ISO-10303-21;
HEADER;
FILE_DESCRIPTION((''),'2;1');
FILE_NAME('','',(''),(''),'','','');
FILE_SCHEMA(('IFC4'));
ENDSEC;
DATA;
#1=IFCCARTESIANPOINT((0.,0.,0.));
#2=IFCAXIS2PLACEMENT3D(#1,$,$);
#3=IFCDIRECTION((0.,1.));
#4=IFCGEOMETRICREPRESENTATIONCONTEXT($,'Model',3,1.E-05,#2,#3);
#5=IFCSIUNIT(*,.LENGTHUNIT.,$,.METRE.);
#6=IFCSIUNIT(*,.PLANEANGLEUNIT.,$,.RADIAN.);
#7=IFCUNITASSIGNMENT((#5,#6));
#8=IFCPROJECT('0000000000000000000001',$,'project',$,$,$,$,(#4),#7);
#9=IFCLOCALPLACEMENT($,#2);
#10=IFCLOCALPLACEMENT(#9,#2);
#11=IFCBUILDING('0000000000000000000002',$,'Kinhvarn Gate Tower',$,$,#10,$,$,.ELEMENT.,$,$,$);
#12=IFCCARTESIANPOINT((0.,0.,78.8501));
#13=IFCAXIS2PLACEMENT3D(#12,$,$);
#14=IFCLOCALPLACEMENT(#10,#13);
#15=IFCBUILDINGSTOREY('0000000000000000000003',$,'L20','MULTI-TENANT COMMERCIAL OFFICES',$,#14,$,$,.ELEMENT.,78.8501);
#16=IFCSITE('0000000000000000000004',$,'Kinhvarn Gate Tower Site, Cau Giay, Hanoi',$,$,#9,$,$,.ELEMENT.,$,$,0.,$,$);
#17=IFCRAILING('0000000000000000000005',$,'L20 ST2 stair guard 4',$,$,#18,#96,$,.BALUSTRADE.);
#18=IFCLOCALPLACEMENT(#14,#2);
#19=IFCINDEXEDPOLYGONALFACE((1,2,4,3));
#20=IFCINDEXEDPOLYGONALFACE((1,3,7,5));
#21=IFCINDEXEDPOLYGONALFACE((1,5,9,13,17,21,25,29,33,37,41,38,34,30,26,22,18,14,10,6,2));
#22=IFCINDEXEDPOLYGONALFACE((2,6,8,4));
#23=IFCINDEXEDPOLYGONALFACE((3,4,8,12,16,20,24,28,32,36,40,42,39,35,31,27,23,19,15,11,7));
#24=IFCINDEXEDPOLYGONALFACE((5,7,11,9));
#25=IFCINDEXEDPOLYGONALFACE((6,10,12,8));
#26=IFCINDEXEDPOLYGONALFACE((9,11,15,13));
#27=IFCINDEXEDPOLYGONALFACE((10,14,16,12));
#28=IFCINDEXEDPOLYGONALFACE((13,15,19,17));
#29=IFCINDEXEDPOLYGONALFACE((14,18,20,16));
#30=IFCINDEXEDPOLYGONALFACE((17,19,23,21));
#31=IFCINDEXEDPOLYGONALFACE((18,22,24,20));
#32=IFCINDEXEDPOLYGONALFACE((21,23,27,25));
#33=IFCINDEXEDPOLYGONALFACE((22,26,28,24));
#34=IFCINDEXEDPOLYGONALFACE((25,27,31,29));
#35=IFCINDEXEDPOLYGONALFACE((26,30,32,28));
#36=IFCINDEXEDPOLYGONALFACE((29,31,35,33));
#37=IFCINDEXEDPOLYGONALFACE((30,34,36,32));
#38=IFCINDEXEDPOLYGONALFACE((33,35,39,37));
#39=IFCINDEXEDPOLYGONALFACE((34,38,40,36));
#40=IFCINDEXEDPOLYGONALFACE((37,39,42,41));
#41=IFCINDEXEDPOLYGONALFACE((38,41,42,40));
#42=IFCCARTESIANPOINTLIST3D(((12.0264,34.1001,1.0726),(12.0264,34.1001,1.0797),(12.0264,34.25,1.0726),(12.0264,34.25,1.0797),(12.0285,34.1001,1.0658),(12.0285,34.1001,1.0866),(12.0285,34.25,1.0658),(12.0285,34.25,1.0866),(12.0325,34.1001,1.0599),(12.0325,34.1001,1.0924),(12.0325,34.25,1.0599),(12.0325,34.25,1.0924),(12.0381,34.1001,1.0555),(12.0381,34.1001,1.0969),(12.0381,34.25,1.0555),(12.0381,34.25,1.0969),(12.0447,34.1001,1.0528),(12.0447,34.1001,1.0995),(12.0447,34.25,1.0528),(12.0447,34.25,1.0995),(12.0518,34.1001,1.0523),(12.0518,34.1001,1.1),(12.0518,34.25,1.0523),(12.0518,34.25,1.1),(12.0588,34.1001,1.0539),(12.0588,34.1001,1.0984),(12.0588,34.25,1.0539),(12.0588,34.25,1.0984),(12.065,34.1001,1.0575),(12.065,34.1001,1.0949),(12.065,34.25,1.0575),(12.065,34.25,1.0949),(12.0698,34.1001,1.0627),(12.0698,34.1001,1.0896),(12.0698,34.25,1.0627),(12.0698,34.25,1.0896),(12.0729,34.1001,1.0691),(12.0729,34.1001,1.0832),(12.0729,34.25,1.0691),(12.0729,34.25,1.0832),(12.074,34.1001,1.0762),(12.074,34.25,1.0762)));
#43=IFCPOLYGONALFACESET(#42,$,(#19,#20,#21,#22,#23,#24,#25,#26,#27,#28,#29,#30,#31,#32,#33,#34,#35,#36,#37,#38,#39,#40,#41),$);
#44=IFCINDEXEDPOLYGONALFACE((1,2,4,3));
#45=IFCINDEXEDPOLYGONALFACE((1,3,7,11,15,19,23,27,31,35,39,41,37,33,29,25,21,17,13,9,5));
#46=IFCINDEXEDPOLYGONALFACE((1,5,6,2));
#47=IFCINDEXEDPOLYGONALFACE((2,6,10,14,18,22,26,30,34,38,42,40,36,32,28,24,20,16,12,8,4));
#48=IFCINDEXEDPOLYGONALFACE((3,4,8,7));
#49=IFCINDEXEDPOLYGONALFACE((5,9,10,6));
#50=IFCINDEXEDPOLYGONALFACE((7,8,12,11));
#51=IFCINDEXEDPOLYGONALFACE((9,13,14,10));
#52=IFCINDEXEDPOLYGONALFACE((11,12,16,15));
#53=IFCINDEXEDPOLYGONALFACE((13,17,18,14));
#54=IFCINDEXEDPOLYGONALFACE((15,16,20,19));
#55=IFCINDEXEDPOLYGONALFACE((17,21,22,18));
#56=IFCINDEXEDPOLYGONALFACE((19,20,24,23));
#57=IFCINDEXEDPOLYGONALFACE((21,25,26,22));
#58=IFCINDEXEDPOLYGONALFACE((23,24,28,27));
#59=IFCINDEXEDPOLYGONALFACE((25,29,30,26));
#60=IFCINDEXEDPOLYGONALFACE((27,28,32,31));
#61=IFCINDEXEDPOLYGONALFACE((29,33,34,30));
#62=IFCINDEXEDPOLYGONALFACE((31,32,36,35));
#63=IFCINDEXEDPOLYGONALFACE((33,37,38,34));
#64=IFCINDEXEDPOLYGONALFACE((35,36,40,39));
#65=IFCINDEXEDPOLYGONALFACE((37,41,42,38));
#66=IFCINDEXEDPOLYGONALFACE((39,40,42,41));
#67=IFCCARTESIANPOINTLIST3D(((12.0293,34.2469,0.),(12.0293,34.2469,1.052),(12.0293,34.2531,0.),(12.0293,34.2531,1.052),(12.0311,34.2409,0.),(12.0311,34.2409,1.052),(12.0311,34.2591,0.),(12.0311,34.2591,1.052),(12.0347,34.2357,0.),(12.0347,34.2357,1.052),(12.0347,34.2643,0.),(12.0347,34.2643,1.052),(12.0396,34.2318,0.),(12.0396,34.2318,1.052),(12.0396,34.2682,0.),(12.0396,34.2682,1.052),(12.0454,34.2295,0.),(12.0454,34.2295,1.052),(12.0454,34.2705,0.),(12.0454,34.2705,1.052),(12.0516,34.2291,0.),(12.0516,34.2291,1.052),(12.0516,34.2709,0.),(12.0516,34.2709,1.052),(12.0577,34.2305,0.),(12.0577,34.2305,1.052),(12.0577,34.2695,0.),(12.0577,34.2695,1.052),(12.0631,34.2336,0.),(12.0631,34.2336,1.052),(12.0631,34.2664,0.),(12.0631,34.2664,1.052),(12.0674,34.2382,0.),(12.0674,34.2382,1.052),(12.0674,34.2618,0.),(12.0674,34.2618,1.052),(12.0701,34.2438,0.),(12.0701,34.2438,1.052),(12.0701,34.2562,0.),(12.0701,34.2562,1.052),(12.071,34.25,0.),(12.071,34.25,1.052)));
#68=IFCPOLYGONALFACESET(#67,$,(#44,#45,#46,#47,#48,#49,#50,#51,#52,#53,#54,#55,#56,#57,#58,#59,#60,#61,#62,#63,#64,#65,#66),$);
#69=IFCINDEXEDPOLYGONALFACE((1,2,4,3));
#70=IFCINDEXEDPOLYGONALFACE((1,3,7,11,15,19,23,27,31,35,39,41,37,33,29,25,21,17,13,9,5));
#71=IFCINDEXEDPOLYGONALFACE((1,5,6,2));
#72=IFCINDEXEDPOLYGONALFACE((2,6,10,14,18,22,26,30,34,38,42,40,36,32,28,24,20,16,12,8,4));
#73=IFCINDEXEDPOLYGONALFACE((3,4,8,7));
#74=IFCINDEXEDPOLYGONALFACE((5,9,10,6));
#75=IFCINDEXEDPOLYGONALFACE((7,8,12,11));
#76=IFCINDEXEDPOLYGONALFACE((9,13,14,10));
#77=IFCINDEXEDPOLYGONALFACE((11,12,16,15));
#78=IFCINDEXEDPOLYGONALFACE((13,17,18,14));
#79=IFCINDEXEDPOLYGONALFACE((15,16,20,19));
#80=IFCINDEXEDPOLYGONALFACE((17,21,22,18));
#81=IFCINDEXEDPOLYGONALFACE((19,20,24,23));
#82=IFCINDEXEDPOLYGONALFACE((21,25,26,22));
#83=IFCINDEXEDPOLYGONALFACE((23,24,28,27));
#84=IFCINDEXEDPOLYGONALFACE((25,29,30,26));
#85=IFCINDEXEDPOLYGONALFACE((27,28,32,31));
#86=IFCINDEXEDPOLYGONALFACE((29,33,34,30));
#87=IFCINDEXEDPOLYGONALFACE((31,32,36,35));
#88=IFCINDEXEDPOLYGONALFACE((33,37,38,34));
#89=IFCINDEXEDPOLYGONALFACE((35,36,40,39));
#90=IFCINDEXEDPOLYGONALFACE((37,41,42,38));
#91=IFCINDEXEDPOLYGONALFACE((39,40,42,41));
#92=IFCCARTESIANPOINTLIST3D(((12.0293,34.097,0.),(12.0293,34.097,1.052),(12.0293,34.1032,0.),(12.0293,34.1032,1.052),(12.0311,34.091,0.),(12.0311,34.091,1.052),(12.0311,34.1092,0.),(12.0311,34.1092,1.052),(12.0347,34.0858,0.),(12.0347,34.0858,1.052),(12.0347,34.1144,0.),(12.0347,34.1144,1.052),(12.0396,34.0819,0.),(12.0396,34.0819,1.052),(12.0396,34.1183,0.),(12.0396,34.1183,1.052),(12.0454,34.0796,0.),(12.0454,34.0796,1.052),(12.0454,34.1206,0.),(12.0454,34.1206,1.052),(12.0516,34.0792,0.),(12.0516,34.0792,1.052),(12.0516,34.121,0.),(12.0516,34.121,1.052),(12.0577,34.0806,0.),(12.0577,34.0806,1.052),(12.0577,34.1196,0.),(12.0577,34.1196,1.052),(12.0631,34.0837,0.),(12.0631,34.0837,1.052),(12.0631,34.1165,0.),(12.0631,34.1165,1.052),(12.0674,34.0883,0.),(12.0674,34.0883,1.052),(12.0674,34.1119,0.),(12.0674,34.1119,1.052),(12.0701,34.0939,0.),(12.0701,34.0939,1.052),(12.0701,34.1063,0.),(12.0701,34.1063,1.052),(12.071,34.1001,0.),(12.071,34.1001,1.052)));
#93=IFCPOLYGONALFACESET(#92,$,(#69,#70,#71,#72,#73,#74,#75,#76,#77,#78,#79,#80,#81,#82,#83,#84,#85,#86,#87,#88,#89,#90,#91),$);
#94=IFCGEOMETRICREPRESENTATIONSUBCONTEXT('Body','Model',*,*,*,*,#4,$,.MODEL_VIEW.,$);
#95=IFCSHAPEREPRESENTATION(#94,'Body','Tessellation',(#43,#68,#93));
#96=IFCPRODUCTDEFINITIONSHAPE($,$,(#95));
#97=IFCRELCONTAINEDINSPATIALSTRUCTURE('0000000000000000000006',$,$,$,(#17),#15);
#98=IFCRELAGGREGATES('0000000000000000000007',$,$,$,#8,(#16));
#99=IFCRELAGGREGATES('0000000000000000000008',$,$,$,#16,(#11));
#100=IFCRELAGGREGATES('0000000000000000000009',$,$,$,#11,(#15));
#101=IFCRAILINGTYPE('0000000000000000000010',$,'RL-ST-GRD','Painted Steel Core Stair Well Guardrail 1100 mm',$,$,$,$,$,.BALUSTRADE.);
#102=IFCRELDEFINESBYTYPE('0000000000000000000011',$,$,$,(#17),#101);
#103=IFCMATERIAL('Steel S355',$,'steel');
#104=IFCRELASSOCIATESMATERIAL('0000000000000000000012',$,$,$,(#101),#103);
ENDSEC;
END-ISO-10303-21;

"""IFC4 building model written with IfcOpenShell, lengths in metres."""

from ifc_helpers import new_model, si_unit, direction, frame, origin, origin_2d, place, context, subcontext, project, spatial, circle, extrude, material, type_object, element, save


model = new_model("IFC4")

# Units and contexts
model_context = context("Model", 3, precision=1e-05, world=origin(), true_north=direction((0.0, 1.0)))
body_context = subcontext(model_context, "Body", "Model", "MODEL_VIEW")
ifc_project = project(units=[si_unit("LENGTHUNIT", "METRE"), si_unit("PLANEANGLEUNIT", "RADIAN")], contexts=[model_context])

# Site, building, storey
site_placement = place(None, origin())
site = spatial("IfcSite", under=ifc_project, at=site_placement, Name="Kinhvarn Gate Tower Site, Cau Giay, Hanoi", CompositionType="ELEMENT", RefElevation=0.0)
building_placement = place(site_placement, origin())
building = spatial("IfcBuilding", under=site, at=building_placement, Name="Kinhvarn Gate Tower", CompositionType="ELEMENT")
storey_placement = place(building_placement, frame((0.0, 0.0, 78.8501)))
storey = spatial("IfcBuildingStorey", under=building, at=storey_placement, Name="L20", Description="MULTI-TENANT COMMERCIAL OFFICES", CompositionType="ELEMENT", Elevation=78.8501)

# Shared definitions
ifc_material_1 = material(Name="Steel S355", Category="steel")

# Railing
railing_type_1 = type_object("IfcRailingType", Name="RL-ST-GRD", Description="Painted Steel Core Stair Well Guardrail 1100 mm", PredefinedType="BALUSTRADE", material=ifc_material_1)
railing_1_placement = place(storey_placement, frame((12.05, 34.25, 0.0)))
element("IfcRailing", 1, at=railing_1_placement, inside=storey, type_object=railing_type_1, Name="L20 ST2 stair guard 4", PredefinedType="BALUSTRADE", context=body_context, shape_type="SweptSolid", body=[
    extrude(circle(Radius=0.0239, at=origin_2d()), frame((0.0, 0.0, 1.0762), z_axis=(0.0, -1.0, 0.0), x_axis=(1.0, 0.0, 0.0)), (0.0, 0.0, 1.0), 0.1499),
    extrude(circle(Radius=0.021, at=origin_2d()), origin(), (0.0, 0.0, 1.0), 1.052),
    extrude(circle(Radius=0.021, at=origin_2d()), frame((0.0, -0.1499, 0.0)), (0.0, 0.0, 1.0), 1.052),
])

save(model, "model.ifc")
